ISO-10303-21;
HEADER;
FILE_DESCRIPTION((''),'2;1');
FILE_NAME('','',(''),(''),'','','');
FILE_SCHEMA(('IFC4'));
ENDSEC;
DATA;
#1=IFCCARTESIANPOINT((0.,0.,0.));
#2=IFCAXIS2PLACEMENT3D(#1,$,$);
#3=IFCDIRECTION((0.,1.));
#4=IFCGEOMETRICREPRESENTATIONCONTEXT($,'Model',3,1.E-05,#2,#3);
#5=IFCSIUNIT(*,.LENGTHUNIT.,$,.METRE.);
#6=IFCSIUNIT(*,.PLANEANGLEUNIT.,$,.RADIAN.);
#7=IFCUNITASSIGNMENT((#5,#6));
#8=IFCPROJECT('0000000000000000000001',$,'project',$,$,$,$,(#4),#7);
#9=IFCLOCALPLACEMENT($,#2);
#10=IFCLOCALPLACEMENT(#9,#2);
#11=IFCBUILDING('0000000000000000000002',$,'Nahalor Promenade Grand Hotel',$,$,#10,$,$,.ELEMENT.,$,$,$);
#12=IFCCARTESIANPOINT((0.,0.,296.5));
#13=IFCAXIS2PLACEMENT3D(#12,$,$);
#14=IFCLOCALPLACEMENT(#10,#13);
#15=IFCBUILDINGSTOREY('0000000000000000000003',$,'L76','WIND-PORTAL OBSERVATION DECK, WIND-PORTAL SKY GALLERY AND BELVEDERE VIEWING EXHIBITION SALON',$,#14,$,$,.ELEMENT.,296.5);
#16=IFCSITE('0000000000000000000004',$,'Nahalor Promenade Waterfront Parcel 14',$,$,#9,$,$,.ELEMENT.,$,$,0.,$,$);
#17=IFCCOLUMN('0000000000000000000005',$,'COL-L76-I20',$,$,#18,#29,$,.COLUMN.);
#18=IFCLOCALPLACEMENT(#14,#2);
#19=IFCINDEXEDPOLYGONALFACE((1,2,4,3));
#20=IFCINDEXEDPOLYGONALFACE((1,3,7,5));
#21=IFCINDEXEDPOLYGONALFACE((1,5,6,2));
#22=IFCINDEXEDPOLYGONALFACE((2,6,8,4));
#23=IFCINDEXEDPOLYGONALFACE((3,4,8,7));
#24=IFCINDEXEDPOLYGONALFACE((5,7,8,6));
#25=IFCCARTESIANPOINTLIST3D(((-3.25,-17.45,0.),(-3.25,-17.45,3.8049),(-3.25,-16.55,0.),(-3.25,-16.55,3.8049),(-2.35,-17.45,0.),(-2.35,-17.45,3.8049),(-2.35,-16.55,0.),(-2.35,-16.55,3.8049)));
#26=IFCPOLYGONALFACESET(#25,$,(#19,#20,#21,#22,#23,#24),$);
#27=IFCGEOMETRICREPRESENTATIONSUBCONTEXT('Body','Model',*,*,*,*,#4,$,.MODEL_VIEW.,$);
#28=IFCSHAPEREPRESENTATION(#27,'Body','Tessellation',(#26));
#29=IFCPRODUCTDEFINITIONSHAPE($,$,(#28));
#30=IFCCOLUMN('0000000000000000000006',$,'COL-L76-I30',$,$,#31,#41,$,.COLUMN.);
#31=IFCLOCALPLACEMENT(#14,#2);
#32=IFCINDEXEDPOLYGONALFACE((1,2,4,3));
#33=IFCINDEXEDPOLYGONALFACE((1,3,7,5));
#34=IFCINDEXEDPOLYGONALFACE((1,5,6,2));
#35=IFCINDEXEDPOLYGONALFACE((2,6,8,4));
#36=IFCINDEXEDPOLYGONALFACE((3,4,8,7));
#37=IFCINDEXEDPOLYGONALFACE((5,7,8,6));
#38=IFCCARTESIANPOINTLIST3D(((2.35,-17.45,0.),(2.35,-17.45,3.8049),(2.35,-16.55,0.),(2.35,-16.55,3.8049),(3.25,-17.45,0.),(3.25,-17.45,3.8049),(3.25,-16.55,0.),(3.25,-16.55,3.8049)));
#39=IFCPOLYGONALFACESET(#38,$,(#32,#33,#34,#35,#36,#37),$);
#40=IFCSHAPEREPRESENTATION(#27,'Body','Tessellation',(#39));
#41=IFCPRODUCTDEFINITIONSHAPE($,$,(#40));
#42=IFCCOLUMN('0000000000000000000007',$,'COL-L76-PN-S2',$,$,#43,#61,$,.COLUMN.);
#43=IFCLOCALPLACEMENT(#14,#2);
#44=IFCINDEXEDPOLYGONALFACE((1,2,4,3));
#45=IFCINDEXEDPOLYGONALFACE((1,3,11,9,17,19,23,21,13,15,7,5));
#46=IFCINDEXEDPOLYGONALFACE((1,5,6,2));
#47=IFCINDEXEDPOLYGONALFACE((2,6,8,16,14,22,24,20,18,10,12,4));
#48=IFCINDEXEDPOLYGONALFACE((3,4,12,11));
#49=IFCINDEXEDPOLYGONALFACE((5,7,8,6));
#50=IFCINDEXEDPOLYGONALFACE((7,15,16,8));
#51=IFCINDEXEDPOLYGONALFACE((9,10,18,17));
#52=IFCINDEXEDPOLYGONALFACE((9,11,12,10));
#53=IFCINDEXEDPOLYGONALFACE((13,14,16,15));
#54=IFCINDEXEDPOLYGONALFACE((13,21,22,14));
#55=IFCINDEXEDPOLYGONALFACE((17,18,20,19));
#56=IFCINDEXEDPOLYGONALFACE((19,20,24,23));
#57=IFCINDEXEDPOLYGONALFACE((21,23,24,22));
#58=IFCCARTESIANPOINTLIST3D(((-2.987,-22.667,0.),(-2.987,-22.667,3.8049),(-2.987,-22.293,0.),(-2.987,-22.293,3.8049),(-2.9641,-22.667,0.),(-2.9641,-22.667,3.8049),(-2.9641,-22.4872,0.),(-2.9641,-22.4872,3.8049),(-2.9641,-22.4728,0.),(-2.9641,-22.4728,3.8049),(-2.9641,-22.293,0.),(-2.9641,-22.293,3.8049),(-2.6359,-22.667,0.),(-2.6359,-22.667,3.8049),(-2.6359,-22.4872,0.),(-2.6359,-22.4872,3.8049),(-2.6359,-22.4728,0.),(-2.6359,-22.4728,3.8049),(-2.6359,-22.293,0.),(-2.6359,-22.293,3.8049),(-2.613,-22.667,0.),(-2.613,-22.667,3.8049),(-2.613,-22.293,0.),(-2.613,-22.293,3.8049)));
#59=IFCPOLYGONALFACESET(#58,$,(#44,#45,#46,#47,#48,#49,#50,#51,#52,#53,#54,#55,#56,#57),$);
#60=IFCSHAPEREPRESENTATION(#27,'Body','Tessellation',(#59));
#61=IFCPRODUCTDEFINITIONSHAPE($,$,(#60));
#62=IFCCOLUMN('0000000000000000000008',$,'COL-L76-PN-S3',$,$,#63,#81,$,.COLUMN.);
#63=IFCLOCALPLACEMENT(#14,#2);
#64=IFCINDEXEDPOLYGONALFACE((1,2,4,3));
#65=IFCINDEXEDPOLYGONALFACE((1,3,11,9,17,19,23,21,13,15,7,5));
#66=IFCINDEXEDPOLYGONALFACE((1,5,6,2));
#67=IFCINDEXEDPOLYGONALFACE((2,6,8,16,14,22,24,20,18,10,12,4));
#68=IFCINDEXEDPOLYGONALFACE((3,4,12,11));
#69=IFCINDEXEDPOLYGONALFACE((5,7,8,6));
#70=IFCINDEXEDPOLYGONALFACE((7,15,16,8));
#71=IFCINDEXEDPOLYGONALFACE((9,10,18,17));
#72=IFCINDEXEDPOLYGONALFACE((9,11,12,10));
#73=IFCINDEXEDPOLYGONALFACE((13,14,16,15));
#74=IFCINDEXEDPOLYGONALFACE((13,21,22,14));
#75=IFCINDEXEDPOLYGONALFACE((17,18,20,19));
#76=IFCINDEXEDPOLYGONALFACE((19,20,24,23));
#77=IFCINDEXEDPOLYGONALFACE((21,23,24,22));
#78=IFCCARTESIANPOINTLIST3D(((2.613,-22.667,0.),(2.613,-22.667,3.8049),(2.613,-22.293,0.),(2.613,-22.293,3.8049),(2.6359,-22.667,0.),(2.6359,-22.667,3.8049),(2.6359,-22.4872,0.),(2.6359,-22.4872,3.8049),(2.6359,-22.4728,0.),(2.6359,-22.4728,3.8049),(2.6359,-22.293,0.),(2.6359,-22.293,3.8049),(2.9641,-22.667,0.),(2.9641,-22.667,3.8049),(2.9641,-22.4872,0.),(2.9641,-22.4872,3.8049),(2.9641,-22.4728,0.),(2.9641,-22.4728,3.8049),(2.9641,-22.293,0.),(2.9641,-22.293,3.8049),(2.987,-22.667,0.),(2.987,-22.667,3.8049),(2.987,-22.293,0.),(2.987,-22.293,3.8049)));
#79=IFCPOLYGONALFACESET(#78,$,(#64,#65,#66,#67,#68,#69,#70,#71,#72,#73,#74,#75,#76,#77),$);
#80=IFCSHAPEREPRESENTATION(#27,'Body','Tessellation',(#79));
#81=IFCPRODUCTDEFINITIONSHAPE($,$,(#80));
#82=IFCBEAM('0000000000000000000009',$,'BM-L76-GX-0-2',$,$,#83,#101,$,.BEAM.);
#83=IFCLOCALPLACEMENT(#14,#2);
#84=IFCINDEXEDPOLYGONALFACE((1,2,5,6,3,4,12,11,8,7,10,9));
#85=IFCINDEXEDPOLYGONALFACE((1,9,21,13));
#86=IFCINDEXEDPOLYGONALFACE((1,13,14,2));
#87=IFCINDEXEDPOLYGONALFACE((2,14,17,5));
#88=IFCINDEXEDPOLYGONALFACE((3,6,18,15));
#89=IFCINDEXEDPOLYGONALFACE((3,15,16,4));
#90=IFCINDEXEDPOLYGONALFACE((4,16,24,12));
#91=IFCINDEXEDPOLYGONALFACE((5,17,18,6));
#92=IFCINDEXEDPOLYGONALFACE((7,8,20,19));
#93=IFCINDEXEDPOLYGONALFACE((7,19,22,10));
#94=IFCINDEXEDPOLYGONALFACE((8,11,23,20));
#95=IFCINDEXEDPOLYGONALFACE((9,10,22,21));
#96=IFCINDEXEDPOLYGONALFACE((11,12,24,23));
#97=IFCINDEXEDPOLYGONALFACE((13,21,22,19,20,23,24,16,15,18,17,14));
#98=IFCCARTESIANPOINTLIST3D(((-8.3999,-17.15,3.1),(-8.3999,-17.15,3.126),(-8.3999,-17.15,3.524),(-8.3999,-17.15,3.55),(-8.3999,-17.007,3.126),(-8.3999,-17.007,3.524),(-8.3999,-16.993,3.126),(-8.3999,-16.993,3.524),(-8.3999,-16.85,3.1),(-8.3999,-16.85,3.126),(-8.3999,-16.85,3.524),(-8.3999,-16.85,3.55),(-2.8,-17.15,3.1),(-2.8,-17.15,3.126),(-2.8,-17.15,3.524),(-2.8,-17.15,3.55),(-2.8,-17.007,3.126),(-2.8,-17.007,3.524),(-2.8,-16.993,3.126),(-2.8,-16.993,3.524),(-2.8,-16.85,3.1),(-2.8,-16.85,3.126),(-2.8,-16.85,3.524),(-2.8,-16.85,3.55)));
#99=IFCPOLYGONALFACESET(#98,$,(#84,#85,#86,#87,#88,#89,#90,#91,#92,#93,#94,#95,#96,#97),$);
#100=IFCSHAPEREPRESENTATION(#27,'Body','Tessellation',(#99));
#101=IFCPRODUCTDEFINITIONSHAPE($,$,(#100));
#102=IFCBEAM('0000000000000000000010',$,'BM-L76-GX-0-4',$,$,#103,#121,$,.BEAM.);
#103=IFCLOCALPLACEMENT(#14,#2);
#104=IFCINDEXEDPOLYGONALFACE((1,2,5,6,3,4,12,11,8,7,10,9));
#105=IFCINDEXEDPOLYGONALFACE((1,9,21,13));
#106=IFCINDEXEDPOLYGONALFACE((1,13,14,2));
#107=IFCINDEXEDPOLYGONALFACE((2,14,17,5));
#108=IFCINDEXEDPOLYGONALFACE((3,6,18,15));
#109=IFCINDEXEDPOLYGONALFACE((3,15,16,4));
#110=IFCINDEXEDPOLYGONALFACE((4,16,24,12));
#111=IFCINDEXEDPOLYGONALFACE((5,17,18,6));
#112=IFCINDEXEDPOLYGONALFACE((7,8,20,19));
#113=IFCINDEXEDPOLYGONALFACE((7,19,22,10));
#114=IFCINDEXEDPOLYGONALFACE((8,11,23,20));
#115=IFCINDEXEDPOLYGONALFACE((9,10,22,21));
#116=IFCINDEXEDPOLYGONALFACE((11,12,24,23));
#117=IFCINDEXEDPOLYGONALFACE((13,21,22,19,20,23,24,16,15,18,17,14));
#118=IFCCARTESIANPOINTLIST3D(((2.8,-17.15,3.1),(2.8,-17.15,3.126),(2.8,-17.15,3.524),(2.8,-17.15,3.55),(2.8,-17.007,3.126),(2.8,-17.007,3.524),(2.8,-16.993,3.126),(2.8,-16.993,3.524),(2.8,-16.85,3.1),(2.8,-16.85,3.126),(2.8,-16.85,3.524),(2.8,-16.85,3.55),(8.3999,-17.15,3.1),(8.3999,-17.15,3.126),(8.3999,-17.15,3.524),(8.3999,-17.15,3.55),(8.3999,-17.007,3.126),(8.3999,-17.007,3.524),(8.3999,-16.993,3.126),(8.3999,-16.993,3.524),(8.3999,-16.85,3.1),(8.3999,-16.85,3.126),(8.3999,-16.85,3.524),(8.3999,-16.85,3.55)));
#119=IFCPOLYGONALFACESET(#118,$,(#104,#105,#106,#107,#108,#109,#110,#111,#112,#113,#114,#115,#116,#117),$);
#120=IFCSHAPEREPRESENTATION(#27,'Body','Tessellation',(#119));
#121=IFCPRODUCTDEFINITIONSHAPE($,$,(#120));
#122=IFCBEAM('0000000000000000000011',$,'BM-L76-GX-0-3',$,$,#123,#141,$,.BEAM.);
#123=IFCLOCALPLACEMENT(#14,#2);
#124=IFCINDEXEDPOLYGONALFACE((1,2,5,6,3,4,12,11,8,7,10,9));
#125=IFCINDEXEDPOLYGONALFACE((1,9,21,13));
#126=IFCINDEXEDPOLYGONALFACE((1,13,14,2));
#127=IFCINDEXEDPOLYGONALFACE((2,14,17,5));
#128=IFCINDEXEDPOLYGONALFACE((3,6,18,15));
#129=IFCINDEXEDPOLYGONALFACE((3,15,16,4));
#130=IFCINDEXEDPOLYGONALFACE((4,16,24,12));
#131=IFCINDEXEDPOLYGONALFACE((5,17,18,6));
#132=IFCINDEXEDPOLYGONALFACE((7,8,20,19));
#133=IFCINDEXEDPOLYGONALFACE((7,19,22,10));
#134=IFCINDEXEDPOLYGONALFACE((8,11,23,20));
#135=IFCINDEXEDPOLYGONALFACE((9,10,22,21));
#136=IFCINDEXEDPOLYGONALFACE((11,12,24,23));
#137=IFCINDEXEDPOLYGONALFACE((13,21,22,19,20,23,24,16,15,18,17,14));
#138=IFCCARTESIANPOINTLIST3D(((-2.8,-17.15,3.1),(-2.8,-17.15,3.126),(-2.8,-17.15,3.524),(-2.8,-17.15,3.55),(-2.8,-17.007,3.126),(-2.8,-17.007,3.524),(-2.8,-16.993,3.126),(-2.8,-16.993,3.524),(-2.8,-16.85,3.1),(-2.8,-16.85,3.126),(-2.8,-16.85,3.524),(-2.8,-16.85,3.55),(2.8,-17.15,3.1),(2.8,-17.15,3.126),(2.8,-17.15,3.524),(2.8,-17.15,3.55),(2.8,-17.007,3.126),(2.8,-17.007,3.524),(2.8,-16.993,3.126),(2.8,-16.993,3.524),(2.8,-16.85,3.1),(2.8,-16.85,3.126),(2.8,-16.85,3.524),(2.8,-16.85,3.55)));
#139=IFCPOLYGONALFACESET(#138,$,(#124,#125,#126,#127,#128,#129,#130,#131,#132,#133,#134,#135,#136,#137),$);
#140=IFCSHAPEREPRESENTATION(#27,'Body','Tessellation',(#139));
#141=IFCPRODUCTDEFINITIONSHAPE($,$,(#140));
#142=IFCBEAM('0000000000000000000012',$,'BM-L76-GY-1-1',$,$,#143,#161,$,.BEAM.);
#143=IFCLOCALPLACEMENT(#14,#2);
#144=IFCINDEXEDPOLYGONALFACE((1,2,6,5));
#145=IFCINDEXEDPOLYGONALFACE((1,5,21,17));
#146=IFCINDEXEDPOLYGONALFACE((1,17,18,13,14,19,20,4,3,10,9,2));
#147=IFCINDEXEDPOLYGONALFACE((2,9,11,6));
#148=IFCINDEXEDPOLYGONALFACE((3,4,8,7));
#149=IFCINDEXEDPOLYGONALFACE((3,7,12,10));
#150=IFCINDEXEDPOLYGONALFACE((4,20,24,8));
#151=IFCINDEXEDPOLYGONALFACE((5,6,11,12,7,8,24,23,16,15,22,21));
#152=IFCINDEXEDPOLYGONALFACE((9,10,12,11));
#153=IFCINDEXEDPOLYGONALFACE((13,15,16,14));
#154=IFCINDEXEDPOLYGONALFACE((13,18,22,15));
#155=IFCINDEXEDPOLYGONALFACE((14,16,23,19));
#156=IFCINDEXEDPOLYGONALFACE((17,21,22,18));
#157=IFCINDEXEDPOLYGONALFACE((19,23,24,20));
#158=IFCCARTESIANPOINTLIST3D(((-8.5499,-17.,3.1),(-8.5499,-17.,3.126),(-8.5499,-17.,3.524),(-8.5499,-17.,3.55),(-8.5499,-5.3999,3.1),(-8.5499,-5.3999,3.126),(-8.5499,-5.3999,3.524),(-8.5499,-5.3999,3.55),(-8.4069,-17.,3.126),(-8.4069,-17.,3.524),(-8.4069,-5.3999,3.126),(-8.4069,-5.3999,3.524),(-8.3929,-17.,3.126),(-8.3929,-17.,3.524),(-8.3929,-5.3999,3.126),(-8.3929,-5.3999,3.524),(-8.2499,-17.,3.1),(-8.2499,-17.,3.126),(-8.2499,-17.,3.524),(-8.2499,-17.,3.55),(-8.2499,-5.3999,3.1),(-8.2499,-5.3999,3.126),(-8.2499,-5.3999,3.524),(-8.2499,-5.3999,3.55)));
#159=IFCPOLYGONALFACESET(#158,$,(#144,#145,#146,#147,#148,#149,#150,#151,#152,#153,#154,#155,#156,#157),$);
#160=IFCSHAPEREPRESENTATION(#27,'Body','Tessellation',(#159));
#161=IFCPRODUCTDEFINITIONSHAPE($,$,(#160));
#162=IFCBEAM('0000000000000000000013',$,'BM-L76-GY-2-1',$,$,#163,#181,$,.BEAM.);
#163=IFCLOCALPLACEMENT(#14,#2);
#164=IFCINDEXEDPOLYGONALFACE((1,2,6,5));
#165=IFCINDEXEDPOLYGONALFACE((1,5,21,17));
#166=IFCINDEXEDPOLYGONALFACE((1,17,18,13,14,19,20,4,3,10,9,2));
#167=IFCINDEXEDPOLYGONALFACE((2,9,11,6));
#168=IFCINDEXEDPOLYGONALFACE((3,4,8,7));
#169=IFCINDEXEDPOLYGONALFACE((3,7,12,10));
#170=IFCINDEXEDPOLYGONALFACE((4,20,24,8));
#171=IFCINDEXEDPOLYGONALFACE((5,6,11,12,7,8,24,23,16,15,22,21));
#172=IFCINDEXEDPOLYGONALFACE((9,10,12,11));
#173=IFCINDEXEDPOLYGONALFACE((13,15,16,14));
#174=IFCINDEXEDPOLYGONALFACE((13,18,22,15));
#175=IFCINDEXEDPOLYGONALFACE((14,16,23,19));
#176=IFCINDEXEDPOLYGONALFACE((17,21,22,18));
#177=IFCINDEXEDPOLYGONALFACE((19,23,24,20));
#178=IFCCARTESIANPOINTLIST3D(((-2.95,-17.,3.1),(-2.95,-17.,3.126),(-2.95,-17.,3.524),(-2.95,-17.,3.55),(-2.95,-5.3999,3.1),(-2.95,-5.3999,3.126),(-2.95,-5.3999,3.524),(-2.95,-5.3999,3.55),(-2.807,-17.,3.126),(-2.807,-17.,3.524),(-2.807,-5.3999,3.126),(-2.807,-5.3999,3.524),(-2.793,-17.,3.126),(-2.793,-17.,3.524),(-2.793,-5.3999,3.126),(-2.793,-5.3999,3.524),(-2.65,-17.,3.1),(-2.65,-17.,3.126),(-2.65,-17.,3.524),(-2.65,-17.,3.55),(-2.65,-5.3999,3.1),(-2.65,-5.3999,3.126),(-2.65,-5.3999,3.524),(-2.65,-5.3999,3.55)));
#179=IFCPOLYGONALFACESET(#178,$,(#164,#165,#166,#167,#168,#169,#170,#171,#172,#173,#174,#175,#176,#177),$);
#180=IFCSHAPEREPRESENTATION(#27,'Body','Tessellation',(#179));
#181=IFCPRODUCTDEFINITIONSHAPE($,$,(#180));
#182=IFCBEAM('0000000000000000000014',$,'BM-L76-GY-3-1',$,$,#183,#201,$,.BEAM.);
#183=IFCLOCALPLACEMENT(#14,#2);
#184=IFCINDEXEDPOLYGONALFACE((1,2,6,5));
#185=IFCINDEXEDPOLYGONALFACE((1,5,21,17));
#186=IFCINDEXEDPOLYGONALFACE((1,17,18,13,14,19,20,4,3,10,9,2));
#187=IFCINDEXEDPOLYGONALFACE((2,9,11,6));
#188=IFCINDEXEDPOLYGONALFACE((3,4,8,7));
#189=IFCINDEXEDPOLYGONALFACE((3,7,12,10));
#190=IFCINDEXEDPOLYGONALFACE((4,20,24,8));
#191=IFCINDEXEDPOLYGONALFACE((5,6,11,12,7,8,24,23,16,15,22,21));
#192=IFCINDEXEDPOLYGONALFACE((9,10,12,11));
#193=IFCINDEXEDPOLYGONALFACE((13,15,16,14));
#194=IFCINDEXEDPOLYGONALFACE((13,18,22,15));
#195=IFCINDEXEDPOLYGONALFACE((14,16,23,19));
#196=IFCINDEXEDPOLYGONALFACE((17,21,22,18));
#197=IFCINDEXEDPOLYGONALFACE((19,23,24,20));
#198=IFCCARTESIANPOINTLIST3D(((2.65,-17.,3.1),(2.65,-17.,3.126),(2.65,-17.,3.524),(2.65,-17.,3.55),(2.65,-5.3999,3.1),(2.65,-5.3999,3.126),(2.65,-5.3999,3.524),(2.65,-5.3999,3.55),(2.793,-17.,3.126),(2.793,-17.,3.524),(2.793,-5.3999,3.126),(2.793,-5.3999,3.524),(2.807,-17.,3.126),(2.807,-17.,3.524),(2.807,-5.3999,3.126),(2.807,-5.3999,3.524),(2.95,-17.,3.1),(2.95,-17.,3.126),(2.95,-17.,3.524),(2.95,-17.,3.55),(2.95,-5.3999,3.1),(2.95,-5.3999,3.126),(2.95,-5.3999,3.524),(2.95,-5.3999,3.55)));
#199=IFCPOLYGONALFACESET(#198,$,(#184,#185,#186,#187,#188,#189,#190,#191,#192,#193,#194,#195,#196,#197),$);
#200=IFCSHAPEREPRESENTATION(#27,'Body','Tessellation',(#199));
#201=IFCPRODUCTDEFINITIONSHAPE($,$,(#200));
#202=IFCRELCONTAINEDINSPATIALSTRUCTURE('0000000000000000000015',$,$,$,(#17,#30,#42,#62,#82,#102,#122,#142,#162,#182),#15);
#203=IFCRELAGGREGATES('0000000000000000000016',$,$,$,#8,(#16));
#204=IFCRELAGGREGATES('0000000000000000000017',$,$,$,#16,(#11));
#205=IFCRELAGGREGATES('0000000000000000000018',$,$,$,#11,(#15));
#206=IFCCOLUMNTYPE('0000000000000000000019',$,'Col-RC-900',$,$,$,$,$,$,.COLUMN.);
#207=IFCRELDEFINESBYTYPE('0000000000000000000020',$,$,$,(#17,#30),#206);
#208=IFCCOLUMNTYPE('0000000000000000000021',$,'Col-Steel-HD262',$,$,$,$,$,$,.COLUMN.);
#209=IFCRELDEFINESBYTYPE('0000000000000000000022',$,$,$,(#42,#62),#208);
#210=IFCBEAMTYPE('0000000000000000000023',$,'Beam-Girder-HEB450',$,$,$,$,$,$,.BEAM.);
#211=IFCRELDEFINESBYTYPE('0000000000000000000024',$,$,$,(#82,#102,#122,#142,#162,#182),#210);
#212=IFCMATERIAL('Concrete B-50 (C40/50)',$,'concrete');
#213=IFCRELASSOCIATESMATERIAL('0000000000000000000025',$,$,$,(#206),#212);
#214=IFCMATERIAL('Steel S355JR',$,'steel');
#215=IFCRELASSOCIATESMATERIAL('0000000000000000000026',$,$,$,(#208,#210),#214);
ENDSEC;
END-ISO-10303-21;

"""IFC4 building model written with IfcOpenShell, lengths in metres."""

from ifc_helpers import new_model, si_unit, direction, frame, origin, origin_2d, place, context, subcontext, project, spatial, rectangle, i_section, extrude, source, transform, mapped, material, material_profile, profile_set, type_object, element, save


model = new_model("IFC4")

# Units and contexts
model_context = context("Model", 3, precision=1e-05, world=origin(), true_north=direction((0.0, 1.0)))
body_context = subcontext(model_context, "Body", "Model", "MODEL_VIEW")
ifc_project = project(units=[si_unit("LENGTHUNIT", "METRE"), si_unit("PLANEANGLEUNIT", "RADIAN")], contexts=[model_context])

# Site, building, storey
site_placement = place(None, origin())
site = spatial("IfcSite", under=ifc_project, at=site_placement, Name="Nahalor Promenade Waterfront Parcel 14", CompositionType="ELEMENT", RefElevation=0.0)
building_placement = place(site_placement, origin())
building = spatial("IfcBuilding", under=site, at=building_placement, Name="Nahalor Promenade Grand Hotel", CompositionType="ELEMENT")
storey_placement = place(building_placement, frame((0.0, 0.0, 296.5)))
storey = spatial("IfcBuildingStorey", under=building, at=storey_placement, Name="L76", Description="WIND-PORTAL OBSERVATION DECK, WIND-PORTAL SKY GALLERY AND BELVEDERE VIEWING EXHIBITION SALON", CompositionType="ELEMENT", Elevation=296.5)

# Columns
ifc_material_1 = material(Name="Concrete B-50 (C40/50)", Category="concrete")
ifc_material_profile_1 = material_profile(ifc_material_1, rectangle(XDim=0.9, YDim=0.9, at=origin_2d()), Name="RC 900x900")
ifc_profile_set_1 = profile_set([ifc_material_profile_1], Name="Concrete B-50 (C40/50)")
column_type_1 = type_object("IfcColumnType", Name="Col-RC-900", PredefinedType="COLUMN", material=ifc_profile_set_1)
shared_shape_1 = source(origin(), body_context, "Body", "SweptSolid", [
    extrude(rectangle(XDim=0.9, YDim=0.9, at=origin_2d()), origin(), (0.0, 0.0, 1.0), 3.8049),
])
for number, where, z_axis, x_axis, name in (
    (1, (-2.8, -17.0, 0.0), (0.0, 0.0, 1.0), (1.0, 0.0, 0.0), "COL-L76-I20"),
    (2, (2.8, -17.0, 0.0), (0.0, 0.0, 1.0), (1.0, 0.0, 0.0), "COL-L76-I30"),
):
    element("IfcColumn", number, at=place(storey_placement, frame(where, z_axis=z_axis, x_axis=x_axis)), inside=storey, type_object=column_type_1, Name=name, PredefinedType="COLUMN", context=body_context, shape_type="MappedRepresentation", body=[
        mapped(shared_shape_1, transform((0.0, 0.0, 0.0), scale=1.0)),
    ])
ifc_material_2 = material(Name="Steel S355JR", Category="steel")
ifc_material_profile_2 = material_profile(ifc_material_2, i_section(OverallWidth=0.374, OverallDepth=0.374, WebThickness=0.0144, FlangeThickness=0.0229, at=origin_2d()), Name="HD 360x262")
ifc_profile_set_2 = profile_set([ifc_material_profile_2], Name="Steel S355JR")
column_type_2 = type_object("IfcColumnType", Name="Col-Steel-HD262", PredefinedType="COLUMN", material=ifc_profile_set_2)
shared_shape_2 = source(origin(), body_context, "Body", "SweptSolid", [
    extrude(i_section(OverallWidth=0.374, OverallDepth=0.374, WebThickness=0.0144, FlangeThickness=0.0229, at=origin_2d()), origin(), (0.0, 0.0, 1.0), 3.8049),
])
for number, where, z_axis, x_axis, name in (
    (3, (-2.8, -22.48, 0.0), (0.0, 0.0, 1.0), (0.0, 1.0, 0.0), "COL-L76-PN-S2"),
    (4, (2.8, -22.48, 0.0), (0.0, 0.0, 1.0), (0.0, 1.0, 0.0), "COL-L76-PN-S3"),
):
    element("IfcColumn", number, at=place(storey_placement, frame(where, z_axis=z_axis, x_axis=x_axis)), inside=storey, type_object=column_type_2, Name=name, PredefinedType="COLUMN", context=body_context, shape_type="MappedRepresentation", body=[
        mapped(shared_shape_2, transform((0.0, 0.0, 0.0), scale=1.0)),
    ])

# Beams
ifc_material_profile_3 = material_profile(ifc_material_2, i_section(OverallWidth=0.3, OverallDepth=0.45, WebThickness=0.014, FlangeThickness=0.026, at=origin_2d()), Name="HEB 450")
ifc_profile_set_3 = profile_set([ifc_material_profile_3], Name="Steel S355JR")
beam_type_1 = type_object("IfcBeamType", Name="Beam-Girder-HEB450", PredefinedType="BEAM", material=ifc_profile_set_3)
shared_shape_3 = source(origin(), body_context, "Body", "SweptSolid", [
    extrude(i_section(OverallWidth=0.3, OverallDepth=0.45, WebThickness=0.014, FlangeThickness=0.026, at=origin_2d()), origin(), (0.0, 0.0, 1.0), 5.5999),
])
for number, where, z_axis, x_axis, name in (
    (5, (-8.3999, -17.0, 3.325), (1.0, 0.0, 0.0), (0.0, 1.0, 0.0), "BM-L76-GX-0-2"),
    (6, (2.8, -17.0, 3.325), (1.0, 0.0, 0.0), (0.0, 1.0, 0.0), "BM-L76-GX-0-4"),
):
    element("IfcBeam", number, at=place(storey_placement, frame(where, z_axis=z_axis, x_axis=x_axis)), inside=storey, type_object=beam_type_1, Name=name, PredefinedType="BEAM", context=body_context, shape_type="MappedRepresentation", body=[
        mapped(shared_shape_3, transform((0.0, 0.0, 0.0), scale=1.0)),
    ])
shared_shape_4 = source(origin(), body_context, "Body", "SweptSolid", [
    extrude(i_section(OverallWidth=0.3, OverallDepth=0.45, WebThickness=0.014, FlangeThickness=0.026, at=origin_2d()), origin(), (0.0, 0.0, 1.0), 5.6001),
])
beam_1_placement = place(storey_placement, frame((-2.8, -17.0, 3.325), z_axis=(1.0, 0.0, 0.0), x_axis=(0.0, 1.0, 0.0)))
element("IfcBeam", 7, at=beam_1_placement, inside=storey, type_object=beam_type_1, Name="BM-L76-GX-0-3", PredefinedType="BEAM", context=body_context, shape_type="MappedRepresentation", body=[
    mapped(shared_shape_4, transform((0.0, 0.0, 0.0), scale=1.0)),
])
shared_shape_5 = source(origin(), body_context, "Body", "SweptSolid", [
    extrude(i_section(OverallWidth=0.3, OverallDepth=0.45, WebThickness=0.014, FlangeThickness=0.026, at=origin_2d()), origin(), (0.0, 0.0, 1.0), 11.6001),
])
for number, where, z_axis, x_axis, name in (
    (8, (-8.3999, -17.0, 3.325), (0.0, 1.0, 0.0), (-1.0, 0.0, 0.0), "BM-L76-GY-1-1"),
    (9, (-2.8, -17.0, 3.325), (0.0, 1.0, 0.0), (-1.0, 0.0, 0.0), "BM-L76-GY-2-1"),
    (10, (2.8, -17.0, 3.325), (0.0, 1.0, 0.0), (-1.0, 0.0, 0.0), "BM-L76-GY-3-1"),
):
    element("IfcBeam", number, at=place(storey_placement, frame(where, z_axis=z_axis, x_axis=x_axis)), inside=storey, type_object=beam_type_1, Name=name, PredefinedType="BEAM", context=body_context, shape_type="MappedRepresentation", body=[
        mapped(shared_shape_5, transform((0.0, 0.0, 0.0), scale=1.0)),
    ])

save(model, "model.ifc")
